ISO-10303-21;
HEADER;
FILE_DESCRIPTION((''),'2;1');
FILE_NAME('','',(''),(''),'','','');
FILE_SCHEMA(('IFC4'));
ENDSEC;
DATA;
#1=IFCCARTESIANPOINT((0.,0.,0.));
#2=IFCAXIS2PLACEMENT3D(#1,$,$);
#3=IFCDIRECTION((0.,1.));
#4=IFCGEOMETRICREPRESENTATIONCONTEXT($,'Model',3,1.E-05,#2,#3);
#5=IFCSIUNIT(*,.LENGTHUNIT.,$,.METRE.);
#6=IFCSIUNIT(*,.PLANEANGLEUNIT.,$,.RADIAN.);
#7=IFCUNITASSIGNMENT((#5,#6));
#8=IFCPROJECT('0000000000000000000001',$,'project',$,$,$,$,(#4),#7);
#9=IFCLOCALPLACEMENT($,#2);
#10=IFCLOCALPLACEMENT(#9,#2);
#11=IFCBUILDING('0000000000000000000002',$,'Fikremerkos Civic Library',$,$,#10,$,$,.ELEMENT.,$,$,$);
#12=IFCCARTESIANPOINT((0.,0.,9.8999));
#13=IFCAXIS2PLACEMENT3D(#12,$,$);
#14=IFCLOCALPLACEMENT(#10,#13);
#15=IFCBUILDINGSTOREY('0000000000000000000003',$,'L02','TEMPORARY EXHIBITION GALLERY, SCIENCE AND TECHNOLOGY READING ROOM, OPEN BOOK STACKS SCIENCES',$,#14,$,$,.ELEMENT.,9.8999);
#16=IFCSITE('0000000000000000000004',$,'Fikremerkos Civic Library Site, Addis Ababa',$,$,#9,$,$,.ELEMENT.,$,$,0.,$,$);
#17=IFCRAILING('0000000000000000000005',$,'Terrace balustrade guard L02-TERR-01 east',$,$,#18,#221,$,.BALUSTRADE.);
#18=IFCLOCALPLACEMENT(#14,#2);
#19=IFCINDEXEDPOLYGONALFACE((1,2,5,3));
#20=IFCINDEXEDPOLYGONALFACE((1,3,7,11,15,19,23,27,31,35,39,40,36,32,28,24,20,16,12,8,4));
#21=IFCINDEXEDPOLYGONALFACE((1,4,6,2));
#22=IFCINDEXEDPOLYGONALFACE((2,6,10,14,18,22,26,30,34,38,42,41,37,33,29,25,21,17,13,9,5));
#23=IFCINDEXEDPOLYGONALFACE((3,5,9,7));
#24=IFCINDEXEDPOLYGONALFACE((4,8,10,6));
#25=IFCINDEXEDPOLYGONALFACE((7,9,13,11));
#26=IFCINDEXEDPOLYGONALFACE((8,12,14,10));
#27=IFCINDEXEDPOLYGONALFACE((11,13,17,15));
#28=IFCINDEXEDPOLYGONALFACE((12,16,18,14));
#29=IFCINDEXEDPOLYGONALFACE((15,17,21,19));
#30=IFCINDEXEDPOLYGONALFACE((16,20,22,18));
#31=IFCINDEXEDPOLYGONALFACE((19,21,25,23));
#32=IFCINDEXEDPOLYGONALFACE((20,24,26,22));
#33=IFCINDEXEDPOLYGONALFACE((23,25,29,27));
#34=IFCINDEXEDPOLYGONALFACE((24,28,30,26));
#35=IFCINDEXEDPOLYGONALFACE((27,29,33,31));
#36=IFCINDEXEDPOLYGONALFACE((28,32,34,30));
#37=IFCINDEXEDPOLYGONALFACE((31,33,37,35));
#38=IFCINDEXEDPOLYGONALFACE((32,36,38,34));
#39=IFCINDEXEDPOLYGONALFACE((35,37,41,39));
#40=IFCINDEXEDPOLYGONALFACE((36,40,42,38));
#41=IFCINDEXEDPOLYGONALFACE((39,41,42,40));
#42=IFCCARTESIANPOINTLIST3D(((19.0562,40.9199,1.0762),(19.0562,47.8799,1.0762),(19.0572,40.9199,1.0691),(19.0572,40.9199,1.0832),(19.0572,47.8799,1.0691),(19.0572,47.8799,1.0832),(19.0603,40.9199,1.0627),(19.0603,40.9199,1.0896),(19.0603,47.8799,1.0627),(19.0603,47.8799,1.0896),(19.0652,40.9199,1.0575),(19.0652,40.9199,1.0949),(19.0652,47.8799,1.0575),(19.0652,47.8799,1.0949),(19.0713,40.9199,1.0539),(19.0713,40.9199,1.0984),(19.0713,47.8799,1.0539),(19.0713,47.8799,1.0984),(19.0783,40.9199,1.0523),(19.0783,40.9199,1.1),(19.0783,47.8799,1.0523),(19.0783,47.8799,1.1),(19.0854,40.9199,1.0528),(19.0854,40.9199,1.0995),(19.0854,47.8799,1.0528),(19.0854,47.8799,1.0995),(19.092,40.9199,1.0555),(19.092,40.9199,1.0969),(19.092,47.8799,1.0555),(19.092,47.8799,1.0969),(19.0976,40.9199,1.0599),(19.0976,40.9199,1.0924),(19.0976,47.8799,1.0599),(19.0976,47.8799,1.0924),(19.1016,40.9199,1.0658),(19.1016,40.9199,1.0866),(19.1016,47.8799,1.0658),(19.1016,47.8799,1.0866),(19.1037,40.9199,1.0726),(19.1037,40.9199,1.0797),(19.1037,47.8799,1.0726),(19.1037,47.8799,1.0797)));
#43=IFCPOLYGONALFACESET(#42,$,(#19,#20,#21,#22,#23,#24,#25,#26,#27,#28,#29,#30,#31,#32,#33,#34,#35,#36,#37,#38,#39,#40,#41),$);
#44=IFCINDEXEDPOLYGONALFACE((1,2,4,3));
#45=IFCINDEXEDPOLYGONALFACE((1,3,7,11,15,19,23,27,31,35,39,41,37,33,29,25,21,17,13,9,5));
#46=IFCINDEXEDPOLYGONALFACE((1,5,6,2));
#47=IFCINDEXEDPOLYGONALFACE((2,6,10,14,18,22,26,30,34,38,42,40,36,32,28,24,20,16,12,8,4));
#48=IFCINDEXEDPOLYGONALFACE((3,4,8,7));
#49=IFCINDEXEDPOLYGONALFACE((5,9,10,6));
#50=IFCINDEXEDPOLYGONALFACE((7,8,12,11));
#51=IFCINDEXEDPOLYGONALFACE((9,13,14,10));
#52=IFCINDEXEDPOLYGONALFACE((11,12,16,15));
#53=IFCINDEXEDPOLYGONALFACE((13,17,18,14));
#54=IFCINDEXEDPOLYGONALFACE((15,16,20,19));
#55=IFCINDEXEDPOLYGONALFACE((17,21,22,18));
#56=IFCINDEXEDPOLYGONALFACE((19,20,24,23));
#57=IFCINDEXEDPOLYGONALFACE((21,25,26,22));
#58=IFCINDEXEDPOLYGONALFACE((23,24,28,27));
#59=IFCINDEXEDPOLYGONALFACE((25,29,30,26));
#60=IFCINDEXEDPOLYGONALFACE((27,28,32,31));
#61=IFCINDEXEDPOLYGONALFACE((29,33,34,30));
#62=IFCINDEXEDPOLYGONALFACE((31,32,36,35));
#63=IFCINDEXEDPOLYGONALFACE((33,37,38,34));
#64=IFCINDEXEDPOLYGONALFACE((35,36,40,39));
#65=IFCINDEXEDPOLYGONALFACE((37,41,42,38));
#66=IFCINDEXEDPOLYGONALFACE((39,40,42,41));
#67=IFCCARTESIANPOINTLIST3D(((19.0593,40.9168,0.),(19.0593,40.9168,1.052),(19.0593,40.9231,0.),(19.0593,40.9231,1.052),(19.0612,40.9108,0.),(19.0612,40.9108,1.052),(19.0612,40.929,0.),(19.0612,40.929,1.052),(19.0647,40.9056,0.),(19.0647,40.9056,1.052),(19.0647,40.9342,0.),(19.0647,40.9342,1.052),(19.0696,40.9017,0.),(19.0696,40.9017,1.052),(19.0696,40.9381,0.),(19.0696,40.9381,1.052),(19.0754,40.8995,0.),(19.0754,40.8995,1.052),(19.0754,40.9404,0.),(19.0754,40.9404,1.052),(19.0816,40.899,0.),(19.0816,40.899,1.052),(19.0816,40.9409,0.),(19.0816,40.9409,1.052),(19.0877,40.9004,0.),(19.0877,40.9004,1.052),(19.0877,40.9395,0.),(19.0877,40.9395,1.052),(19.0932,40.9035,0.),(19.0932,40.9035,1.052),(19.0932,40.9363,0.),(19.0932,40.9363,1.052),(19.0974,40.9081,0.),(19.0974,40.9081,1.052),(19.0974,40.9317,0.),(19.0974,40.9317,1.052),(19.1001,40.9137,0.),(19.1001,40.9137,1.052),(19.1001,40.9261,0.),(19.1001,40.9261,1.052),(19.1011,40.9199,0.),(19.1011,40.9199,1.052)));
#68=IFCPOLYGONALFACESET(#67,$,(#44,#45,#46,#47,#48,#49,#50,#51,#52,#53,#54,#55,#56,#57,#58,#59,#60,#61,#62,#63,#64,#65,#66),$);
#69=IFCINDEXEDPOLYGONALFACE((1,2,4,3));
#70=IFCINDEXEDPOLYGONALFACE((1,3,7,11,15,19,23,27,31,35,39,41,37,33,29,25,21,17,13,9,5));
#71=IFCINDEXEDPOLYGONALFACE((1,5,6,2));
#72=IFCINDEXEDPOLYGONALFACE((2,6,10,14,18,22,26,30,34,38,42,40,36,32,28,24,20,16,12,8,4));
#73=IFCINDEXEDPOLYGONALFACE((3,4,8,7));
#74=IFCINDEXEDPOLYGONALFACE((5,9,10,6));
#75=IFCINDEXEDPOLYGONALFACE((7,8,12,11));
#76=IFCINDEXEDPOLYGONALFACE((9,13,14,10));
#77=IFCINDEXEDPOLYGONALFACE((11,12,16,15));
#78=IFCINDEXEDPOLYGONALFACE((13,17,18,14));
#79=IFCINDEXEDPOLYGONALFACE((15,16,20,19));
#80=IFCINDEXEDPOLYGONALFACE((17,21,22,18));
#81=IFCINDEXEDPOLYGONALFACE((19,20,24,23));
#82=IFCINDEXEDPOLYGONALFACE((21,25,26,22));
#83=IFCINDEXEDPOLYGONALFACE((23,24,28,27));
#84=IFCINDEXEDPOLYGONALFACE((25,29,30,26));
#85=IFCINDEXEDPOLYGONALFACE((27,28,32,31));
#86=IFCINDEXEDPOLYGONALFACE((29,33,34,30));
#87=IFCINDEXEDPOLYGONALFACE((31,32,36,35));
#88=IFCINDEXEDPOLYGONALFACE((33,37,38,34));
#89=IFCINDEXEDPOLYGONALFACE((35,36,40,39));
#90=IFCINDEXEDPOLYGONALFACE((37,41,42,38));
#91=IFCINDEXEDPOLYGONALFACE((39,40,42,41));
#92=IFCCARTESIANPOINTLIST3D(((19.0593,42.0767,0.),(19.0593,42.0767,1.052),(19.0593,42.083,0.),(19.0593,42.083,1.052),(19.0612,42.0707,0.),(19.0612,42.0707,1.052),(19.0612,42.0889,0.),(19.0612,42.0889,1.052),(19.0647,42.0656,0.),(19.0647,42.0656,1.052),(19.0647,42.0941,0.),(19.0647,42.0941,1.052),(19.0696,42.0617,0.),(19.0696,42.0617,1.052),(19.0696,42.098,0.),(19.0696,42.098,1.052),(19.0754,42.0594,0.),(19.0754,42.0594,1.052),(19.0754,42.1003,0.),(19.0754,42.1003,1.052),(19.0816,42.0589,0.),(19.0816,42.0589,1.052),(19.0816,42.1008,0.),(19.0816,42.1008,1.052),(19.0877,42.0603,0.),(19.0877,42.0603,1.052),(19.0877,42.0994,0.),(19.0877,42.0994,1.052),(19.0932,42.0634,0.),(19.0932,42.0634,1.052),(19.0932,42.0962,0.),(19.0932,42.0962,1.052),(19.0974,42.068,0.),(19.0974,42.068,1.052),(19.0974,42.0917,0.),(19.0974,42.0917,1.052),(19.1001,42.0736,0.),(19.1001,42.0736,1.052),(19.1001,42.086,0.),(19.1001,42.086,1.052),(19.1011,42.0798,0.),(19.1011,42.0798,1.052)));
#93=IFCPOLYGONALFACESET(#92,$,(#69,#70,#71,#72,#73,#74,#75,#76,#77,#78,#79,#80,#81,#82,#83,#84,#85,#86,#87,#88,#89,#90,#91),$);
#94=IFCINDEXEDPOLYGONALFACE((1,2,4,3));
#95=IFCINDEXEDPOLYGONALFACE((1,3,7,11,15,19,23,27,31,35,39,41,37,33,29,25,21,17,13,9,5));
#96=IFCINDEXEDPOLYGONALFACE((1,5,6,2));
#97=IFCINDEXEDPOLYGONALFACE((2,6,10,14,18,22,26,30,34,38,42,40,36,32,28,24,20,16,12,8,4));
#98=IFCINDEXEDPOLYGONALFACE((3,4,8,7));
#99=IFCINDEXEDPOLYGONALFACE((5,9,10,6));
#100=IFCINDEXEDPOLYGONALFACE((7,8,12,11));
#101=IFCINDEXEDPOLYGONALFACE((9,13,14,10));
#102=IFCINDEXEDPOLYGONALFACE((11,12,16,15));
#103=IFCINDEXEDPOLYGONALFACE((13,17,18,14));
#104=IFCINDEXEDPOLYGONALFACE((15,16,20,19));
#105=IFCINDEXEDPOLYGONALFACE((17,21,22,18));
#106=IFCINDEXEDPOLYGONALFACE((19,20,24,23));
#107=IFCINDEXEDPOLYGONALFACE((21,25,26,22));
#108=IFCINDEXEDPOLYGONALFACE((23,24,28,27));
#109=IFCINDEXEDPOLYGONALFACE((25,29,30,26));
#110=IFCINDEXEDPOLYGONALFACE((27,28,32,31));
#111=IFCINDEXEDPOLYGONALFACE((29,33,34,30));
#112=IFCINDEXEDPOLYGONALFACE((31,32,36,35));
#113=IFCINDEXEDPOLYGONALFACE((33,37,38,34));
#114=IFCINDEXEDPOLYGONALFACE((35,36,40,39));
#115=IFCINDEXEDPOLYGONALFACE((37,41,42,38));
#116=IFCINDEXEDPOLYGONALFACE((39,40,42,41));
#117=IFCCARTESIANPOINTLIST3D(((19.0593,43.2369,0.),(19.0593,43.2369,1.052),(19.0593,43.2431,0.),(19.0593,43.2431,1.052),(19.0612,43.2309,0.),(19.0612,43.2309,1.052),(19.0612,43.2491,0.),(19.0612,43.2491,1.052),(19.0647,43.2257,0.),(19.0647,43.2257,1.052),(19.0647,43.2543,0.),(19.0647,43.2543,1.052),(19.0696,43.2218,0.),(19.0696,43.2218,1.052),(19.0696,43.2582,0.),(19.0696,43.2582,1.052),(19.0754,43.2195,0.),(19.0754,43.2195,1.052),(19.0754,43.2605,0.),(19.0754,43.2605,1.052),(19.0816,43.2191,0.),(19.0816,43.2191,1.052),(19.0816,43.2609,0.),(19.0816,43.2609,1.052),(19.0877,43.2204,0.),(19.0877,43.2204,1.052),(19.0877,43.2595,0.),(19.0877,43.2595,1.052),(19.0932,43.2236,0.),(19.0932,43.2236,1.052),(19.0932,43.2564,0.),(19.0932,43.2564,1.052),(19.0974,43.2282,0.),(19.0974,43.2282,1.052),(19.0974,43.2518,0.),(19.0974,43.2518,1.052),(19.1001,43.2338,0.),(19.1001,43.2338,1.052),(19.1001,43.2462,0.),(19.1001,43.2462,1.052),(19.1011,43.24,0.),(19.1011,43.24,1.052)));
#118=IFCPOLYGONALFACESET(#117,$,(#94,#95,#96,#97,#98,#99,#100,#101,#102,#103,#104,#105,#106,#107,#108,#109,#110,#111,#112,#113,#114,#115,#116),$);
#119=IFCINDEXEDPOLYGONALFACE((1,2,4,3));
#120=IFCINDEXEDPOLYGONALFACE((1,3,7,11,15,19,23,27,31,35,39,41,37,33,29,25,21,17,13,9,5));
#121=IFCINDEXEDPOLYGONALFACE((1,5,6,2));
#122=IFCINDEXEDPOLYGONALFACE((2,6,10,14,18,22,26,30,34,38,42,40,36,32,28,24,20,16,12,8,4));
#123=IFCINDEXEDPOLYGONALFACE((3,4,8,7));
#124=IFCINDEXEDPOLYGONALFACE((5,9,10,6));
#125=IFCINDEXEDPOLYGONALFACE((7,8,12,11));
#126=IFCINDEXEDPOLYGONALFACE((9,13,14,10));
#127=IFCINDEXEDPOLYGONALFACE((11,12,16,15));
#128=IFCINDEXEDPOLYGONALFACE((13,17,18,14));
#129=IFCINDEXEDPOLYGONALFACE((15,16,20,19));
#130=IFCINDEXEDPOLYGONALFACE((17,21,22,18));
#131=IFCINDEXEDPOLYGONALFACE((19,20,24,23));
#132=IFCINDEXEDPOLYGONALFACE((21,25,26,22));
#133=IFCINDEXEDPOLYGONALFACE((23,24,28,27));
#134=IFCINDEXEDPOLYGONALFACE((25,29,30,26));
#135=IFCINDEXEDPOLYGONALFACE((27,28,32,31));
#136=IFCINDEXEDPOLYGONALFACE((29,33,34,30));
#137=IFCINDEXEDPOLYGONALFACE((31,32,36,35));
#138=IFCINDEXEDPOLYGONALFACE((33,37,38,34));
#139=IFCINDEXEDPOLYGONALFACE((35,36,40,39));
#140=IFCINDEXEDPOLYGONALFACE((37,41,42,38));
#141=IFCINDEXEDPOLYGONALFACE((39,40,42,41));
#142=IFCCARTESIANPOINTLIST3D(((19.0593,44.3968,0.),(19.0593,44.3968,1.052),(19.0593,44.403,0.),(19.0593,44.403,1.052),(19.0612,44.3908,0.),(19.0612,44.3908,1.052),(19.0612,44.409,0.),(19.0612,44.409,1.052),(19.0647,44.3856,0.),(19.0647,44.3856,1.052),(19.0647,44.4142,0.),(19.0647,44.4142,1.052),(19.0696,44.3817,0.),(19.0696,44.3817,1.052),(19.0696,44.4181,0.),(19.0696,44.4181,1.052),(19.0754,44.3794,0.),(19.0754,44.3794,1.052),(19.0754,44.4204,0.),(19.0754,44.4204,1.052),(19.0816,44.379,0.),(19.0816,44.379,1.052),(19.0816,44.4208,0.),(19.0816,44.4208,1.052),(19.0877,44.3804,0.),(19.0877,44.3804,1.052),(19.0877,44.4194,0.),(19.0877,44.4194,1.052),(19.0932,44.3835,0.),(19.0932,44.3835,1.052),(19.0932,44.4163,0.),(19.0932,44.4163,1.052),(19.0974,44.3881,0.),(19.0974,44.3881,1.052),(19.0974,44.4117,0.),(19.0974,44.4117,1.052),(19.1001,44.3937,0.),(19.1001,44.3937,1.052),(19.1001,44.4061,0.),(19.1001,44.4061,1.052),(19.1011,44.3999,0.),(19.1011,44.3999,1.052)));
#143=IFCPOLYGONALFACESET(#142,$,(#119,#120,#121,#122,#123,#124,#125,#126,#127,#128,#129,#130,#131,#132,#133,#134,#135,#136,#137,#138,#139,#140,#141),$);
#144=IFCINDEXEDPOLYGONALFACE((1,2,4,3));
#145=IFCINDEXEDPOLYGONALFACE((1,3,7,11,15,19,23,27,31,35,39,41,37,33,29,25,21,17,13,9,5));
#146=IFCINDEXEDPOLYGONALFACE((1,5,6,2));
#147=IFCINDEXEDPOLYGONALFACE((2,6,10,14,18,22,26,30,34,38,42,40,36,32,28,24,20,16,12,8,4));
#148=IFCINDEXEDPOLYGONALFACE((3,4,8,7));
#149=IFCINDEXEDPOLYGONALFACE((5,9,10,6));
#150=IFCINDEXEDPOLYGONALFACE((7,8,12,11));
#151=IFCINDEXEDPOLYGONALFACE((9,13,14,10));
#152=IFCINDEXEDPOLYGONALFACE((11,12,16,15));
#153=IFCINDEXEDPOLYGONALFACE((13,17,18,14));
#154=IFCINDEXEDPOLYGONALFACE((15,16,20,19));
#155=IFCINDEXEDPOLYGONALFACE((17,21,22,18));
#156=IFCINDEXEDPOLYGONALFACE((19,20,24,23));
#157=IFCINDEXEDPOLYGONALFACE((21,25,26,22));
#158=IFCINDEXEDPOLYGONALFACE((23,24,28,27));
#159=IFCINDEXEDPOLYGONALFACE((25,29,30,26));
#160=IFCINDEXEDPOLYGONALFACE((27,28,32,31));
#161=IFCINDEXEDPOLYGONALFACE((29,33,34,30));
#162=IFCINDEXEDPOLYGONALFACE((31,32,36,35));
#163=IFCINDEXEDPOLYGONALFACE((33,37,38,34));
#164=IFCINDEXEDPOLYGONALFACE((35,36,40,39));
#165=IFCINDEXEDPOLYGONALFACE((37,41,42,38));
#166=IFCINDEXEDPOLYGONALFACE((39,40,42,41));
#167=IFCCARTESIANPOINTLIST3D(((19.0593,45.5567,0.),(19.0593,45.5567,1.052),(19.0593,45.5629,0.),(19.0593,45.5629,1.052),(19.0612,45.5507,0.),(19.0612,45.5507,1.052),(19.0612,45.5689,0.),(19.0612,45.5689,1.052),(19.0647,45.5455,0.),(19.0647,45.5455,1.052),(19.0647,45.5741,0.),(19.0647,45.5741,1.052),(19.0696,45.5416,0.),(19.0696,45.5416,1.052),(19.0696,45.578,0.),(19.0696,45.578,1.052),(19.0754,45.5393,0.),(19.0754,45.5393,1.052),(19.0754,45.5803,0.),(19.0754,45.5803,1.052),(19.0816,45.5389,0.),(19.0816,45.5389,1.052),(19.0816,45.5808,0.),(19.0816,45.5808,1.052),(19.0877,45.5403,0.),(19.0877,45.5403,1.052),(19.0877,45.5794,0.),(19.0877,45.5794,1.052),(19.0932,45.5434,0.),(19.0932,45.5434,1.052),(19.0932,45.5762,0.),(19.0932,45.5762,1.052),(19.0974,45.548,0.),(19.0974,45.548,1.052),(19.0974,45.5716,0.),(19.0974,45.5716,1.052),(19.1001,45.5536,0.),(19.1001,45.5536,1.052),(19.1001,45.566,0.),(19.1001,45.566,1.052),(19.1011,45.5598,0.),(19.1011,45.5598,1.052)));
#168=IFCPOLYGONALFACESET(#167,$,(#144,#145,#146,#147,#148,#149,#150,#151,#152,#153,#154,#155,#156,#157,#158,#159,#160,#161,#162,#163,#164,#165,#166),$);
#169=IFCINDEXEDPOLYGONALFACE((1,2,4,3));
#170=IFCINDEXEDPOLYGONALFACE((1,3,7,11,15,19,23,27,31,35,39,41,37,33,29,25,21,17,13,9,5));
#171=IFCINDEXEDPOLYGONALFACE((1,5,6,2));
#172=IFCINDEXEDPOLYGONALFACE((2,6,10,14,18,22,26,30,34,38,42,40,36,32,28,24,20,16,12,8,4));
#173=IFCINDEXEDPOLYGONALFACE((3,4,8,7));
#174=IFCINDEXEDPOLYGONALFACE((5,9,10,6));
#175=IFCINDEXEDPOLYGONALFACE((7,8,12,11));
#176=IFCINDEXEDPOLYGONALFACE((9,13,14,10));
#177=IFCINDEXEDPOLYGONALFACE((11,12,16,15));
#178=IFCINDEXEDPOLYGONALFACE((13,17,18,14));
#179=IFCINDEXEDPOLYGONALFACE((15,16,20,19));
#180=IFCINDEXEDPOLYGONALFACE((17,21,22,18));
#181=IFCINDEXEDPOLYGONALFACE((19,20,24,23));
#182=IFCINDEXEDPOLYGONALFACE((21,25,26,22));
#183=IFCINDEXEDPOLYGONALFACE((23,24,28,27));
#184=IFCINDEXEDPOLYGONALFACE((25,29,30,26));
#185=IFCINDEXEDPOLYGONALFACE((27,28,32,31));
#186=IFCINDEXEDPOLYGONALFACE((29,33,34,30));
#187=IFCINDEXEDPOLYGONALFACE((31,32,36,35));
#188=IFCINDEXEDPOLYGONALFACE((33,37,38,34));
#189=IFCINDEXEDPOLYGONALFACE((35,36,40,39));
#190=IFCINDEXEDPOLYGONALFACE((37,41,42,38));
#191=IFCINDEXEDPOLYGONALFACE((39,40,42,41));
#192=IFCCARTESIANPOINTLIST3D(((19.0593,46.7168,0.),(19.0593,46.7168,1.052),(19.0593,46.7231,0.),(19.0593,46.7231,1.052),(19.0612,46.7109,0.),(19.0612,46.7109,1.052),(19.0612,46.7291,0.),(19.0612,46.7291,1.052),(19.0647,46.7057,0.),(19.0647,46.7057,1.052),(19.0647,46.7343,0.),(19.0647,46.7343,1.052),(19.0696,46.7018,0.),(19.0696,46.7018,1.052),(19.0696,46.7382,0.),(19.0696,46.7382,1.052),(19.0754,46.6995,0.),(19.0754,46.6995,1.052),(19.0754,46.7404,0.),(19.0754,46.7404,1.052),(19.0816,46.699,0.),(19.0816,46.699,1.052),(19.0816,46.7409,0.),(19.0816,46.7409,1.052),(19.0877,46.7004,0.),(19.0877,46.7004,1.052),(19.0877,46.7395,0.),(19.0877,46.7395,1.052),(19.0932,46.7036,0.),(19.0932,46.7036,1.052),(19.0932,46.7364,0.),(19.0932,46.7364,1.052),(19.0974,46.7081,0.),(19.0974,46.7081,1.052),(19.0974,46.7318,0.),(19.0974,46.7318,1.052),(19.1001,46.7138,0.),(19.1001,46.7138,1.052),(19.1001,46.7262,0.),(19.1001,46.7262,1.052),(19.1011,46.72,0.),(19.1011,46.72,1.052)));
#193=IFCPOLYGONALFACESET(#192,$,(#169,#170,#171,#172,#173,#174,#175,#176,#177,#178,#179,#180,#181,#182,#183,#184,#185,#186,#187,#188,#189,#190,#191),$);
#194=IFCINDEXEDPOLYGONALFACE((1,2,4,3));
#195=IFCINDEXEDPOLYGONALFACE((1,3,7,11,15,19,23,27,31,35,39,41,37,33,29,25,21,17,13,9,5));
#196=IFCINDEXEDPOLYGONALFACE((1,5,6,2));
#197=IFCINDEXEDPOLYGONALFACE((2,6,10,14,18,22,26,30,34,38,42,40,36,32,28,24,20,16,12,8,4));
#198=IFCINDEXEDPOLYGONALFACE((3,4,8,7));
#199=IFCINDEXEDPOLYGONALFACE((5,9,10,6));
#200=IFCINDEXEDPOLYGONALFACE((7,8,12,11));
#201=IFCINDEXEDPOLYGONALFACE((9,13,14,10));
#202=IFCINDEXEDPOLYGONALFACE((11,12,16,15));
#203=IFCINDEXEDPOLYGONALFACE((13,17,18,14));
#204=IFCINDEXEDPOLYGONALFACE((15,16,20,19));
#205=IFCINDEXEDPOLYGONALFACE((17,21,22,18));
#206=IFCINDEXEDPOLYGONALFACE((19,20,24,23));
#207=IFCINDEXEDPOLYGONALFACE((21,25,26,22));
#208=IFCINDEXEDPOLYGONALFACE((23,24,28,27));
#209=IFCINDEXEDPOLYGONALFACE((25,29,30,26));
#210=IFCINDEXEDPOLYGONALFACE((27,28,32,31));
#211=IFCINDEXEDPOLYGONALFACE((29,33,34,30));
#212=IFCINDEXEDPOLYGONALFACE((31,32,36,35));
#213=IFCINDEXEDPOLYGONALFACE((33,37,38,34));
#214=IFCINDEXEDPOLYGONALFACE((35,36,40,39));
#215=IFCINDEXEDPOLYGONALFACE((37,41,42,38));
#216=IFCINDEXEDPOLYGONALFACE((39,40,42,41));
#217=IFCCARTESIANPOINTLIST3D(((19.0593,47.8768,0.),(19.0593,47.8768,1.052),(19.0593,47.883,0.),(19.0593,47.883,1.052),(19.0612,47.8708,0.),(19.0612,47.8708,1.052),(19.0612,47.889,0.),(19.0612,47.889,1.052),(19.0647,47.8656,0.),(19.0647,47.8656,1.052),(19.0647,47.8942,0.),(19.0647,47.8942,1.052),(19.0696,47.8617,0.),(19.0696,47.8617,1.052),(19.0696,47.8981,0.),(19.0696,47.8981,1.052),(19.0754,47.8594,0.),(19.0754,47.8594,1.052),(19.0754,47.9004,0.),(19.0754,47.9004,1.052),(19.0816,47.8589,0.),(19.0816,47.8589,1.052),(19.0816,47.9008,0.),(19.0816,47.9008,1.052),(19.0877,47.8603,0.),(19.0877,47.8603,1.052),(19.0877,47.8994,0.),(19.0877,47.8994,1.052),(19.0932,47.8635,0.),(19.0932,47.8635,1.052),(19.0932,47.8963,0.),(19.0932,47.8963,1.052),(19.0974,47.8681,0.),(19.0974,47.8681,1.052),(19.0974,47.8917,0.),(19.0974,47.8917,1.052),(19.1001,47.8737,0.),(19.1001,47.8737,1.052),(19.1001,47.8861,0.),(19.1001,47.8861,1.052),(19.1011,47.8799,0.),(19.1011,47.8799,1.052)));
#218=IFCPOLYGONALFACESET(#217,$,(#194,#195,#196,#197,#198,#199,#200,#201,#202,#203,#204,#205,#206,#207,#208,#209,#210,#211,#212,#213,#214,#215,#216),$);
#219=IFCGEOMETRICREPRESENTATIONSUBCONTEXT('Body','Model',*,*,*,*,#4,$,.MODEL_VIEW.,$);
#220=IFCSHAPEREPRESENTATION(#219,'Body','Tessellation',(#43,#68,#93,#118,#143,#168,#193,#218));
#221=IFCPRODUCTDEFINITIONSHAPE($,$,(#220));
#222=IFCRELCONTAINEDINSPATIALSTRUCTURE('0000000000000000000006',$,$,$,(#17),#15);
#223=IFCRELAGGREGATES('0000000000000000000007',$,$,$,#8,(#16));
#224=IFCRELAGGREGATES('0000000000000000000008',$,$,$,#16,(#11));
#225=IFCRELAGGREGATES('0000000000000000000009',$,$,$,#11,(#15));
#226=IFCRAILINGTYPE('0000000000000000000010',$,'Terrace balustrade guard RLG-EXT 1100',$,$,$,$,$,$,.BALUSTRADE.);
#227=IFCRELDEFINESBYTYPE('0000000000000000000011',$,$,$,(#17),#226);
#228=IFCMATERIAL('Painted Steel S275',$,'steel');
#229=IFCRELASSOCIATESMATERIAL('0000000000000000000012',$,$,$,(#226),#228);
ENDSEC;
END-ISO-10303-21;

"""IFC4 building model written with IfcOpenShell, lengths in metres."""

from ifc_helpers import new_model, si_unit, direction, frame, origin, origin_2d, place, context, subcontext, project, spatial, circle, extrude, material, type_object, element, save


model = new_model("IFC4")

# Units and contexts
model_context = context("Model", 3, precision=1e-05, world=origin(), true_north=direction((0.0, 1.0)))
body_context = subcontext(model_context, "Body", "Model", "MODEL_VIEW")
ifc_project = project(units=[si_unit("LENGTHUNIT", "METRE"), si_unit("PLANEANGLEUNIT", "RADIAN")], contexts=[model_context])

# Site, building, storey
site_placement = place(None, origin())
site = spatial("IfcSite", under=ifc_project, at=site_placement, Name="Fikremerkos Civic Library Site, Addis Ababa", CompositionType="ELEMENT", RefElevation=0.0)
building_placement = place(site_placement, origin())
building = spatial("IfcBuilding", under=site, at=building_placement, Name="Fikremerkos Civic Library", CompositionType="ELEMENT")
storey_placement = place(building_placement, frame((0.0, 0.0, 9.8999)))
storey = spatial("IfcBuildingStorey", under=building, at=storey_placement, Name="L02", Description="TEMPORARY EXHIBITION GALLERY, SCIENCE AND TECHNOLOGY READING ROOM, OPEN BOOK STACKS SCIENCES", CompositionType="ELEMENT", Elevation=9.8999)

# Railing
ifc_material_1 = material(Name="Painted Steel S275", Category="steel")
railing_type = type_object("IfcRailingType", Name="Terrace balustrade guard RLG-EXT 1100", PredefinedType="BALUSTRADE", material=ifc_material_1)
railing_1_placement = place(storey_placement, frame((19.0801, 40.9199, 0.0)))
element("IfcRailing", 1, at=railing_1_placement, inside=storey, type_object=railing_type, Name="Terrace balustrade guard L02-TERR-01 east", PredefinedType="BALUSTRADE", context=body_context, shape_type="SweptSolid", body=[
    extrude(circle(Radius=0.0239, at=origin_2d()), frame((0.0, 0.0, 1.0762), z_axis=(0.0, 1.0, 0.0), x_axis=(-1.0, 0.0, 0.0)), (0.0, 0.0, 1.0), 6.96),
    extrude(circle(Radius=0.021, at=origin_2d()), origin(), (0.0, 0.0, 1.0), 1.052),
    extrude(circle(Radius=0.021, at=origin_2d()), frame((0.0, 1.1599, 0.0)), (0.0, 0.0, 1.0), 1.052),
    extrude(circle(Radius=0.021, at=origin_2d()), frame((0.0, 2.3201, 0.0)), (0.0, 0.0, 1.0), 1.052),
    extrude(circle(Radius=0.021, at=origin_2d()), frame((0.0, 3.48, 0.0)), (0.0, 0.0, 1.0), 1.052),
    extrude(circle(Radius=0.021, at=origin_2d()), frame((0.0, 4.6399, 0.0)), (0.0, 0.0, 1.0), 1.052),
    extrude(circle(Radius=0.021, at=origin_2d()), frame((0.0, 5.8, 0.0)), (0.0, 0.0, 1.0), 1.052),
    extrude(circle(Radius=0.021, at=origin_2d()), frame((0.0, 6.96, 0.0)), (0.0, 0.0, 1.0), 1.052),
])

save(model, "model.ifc")
